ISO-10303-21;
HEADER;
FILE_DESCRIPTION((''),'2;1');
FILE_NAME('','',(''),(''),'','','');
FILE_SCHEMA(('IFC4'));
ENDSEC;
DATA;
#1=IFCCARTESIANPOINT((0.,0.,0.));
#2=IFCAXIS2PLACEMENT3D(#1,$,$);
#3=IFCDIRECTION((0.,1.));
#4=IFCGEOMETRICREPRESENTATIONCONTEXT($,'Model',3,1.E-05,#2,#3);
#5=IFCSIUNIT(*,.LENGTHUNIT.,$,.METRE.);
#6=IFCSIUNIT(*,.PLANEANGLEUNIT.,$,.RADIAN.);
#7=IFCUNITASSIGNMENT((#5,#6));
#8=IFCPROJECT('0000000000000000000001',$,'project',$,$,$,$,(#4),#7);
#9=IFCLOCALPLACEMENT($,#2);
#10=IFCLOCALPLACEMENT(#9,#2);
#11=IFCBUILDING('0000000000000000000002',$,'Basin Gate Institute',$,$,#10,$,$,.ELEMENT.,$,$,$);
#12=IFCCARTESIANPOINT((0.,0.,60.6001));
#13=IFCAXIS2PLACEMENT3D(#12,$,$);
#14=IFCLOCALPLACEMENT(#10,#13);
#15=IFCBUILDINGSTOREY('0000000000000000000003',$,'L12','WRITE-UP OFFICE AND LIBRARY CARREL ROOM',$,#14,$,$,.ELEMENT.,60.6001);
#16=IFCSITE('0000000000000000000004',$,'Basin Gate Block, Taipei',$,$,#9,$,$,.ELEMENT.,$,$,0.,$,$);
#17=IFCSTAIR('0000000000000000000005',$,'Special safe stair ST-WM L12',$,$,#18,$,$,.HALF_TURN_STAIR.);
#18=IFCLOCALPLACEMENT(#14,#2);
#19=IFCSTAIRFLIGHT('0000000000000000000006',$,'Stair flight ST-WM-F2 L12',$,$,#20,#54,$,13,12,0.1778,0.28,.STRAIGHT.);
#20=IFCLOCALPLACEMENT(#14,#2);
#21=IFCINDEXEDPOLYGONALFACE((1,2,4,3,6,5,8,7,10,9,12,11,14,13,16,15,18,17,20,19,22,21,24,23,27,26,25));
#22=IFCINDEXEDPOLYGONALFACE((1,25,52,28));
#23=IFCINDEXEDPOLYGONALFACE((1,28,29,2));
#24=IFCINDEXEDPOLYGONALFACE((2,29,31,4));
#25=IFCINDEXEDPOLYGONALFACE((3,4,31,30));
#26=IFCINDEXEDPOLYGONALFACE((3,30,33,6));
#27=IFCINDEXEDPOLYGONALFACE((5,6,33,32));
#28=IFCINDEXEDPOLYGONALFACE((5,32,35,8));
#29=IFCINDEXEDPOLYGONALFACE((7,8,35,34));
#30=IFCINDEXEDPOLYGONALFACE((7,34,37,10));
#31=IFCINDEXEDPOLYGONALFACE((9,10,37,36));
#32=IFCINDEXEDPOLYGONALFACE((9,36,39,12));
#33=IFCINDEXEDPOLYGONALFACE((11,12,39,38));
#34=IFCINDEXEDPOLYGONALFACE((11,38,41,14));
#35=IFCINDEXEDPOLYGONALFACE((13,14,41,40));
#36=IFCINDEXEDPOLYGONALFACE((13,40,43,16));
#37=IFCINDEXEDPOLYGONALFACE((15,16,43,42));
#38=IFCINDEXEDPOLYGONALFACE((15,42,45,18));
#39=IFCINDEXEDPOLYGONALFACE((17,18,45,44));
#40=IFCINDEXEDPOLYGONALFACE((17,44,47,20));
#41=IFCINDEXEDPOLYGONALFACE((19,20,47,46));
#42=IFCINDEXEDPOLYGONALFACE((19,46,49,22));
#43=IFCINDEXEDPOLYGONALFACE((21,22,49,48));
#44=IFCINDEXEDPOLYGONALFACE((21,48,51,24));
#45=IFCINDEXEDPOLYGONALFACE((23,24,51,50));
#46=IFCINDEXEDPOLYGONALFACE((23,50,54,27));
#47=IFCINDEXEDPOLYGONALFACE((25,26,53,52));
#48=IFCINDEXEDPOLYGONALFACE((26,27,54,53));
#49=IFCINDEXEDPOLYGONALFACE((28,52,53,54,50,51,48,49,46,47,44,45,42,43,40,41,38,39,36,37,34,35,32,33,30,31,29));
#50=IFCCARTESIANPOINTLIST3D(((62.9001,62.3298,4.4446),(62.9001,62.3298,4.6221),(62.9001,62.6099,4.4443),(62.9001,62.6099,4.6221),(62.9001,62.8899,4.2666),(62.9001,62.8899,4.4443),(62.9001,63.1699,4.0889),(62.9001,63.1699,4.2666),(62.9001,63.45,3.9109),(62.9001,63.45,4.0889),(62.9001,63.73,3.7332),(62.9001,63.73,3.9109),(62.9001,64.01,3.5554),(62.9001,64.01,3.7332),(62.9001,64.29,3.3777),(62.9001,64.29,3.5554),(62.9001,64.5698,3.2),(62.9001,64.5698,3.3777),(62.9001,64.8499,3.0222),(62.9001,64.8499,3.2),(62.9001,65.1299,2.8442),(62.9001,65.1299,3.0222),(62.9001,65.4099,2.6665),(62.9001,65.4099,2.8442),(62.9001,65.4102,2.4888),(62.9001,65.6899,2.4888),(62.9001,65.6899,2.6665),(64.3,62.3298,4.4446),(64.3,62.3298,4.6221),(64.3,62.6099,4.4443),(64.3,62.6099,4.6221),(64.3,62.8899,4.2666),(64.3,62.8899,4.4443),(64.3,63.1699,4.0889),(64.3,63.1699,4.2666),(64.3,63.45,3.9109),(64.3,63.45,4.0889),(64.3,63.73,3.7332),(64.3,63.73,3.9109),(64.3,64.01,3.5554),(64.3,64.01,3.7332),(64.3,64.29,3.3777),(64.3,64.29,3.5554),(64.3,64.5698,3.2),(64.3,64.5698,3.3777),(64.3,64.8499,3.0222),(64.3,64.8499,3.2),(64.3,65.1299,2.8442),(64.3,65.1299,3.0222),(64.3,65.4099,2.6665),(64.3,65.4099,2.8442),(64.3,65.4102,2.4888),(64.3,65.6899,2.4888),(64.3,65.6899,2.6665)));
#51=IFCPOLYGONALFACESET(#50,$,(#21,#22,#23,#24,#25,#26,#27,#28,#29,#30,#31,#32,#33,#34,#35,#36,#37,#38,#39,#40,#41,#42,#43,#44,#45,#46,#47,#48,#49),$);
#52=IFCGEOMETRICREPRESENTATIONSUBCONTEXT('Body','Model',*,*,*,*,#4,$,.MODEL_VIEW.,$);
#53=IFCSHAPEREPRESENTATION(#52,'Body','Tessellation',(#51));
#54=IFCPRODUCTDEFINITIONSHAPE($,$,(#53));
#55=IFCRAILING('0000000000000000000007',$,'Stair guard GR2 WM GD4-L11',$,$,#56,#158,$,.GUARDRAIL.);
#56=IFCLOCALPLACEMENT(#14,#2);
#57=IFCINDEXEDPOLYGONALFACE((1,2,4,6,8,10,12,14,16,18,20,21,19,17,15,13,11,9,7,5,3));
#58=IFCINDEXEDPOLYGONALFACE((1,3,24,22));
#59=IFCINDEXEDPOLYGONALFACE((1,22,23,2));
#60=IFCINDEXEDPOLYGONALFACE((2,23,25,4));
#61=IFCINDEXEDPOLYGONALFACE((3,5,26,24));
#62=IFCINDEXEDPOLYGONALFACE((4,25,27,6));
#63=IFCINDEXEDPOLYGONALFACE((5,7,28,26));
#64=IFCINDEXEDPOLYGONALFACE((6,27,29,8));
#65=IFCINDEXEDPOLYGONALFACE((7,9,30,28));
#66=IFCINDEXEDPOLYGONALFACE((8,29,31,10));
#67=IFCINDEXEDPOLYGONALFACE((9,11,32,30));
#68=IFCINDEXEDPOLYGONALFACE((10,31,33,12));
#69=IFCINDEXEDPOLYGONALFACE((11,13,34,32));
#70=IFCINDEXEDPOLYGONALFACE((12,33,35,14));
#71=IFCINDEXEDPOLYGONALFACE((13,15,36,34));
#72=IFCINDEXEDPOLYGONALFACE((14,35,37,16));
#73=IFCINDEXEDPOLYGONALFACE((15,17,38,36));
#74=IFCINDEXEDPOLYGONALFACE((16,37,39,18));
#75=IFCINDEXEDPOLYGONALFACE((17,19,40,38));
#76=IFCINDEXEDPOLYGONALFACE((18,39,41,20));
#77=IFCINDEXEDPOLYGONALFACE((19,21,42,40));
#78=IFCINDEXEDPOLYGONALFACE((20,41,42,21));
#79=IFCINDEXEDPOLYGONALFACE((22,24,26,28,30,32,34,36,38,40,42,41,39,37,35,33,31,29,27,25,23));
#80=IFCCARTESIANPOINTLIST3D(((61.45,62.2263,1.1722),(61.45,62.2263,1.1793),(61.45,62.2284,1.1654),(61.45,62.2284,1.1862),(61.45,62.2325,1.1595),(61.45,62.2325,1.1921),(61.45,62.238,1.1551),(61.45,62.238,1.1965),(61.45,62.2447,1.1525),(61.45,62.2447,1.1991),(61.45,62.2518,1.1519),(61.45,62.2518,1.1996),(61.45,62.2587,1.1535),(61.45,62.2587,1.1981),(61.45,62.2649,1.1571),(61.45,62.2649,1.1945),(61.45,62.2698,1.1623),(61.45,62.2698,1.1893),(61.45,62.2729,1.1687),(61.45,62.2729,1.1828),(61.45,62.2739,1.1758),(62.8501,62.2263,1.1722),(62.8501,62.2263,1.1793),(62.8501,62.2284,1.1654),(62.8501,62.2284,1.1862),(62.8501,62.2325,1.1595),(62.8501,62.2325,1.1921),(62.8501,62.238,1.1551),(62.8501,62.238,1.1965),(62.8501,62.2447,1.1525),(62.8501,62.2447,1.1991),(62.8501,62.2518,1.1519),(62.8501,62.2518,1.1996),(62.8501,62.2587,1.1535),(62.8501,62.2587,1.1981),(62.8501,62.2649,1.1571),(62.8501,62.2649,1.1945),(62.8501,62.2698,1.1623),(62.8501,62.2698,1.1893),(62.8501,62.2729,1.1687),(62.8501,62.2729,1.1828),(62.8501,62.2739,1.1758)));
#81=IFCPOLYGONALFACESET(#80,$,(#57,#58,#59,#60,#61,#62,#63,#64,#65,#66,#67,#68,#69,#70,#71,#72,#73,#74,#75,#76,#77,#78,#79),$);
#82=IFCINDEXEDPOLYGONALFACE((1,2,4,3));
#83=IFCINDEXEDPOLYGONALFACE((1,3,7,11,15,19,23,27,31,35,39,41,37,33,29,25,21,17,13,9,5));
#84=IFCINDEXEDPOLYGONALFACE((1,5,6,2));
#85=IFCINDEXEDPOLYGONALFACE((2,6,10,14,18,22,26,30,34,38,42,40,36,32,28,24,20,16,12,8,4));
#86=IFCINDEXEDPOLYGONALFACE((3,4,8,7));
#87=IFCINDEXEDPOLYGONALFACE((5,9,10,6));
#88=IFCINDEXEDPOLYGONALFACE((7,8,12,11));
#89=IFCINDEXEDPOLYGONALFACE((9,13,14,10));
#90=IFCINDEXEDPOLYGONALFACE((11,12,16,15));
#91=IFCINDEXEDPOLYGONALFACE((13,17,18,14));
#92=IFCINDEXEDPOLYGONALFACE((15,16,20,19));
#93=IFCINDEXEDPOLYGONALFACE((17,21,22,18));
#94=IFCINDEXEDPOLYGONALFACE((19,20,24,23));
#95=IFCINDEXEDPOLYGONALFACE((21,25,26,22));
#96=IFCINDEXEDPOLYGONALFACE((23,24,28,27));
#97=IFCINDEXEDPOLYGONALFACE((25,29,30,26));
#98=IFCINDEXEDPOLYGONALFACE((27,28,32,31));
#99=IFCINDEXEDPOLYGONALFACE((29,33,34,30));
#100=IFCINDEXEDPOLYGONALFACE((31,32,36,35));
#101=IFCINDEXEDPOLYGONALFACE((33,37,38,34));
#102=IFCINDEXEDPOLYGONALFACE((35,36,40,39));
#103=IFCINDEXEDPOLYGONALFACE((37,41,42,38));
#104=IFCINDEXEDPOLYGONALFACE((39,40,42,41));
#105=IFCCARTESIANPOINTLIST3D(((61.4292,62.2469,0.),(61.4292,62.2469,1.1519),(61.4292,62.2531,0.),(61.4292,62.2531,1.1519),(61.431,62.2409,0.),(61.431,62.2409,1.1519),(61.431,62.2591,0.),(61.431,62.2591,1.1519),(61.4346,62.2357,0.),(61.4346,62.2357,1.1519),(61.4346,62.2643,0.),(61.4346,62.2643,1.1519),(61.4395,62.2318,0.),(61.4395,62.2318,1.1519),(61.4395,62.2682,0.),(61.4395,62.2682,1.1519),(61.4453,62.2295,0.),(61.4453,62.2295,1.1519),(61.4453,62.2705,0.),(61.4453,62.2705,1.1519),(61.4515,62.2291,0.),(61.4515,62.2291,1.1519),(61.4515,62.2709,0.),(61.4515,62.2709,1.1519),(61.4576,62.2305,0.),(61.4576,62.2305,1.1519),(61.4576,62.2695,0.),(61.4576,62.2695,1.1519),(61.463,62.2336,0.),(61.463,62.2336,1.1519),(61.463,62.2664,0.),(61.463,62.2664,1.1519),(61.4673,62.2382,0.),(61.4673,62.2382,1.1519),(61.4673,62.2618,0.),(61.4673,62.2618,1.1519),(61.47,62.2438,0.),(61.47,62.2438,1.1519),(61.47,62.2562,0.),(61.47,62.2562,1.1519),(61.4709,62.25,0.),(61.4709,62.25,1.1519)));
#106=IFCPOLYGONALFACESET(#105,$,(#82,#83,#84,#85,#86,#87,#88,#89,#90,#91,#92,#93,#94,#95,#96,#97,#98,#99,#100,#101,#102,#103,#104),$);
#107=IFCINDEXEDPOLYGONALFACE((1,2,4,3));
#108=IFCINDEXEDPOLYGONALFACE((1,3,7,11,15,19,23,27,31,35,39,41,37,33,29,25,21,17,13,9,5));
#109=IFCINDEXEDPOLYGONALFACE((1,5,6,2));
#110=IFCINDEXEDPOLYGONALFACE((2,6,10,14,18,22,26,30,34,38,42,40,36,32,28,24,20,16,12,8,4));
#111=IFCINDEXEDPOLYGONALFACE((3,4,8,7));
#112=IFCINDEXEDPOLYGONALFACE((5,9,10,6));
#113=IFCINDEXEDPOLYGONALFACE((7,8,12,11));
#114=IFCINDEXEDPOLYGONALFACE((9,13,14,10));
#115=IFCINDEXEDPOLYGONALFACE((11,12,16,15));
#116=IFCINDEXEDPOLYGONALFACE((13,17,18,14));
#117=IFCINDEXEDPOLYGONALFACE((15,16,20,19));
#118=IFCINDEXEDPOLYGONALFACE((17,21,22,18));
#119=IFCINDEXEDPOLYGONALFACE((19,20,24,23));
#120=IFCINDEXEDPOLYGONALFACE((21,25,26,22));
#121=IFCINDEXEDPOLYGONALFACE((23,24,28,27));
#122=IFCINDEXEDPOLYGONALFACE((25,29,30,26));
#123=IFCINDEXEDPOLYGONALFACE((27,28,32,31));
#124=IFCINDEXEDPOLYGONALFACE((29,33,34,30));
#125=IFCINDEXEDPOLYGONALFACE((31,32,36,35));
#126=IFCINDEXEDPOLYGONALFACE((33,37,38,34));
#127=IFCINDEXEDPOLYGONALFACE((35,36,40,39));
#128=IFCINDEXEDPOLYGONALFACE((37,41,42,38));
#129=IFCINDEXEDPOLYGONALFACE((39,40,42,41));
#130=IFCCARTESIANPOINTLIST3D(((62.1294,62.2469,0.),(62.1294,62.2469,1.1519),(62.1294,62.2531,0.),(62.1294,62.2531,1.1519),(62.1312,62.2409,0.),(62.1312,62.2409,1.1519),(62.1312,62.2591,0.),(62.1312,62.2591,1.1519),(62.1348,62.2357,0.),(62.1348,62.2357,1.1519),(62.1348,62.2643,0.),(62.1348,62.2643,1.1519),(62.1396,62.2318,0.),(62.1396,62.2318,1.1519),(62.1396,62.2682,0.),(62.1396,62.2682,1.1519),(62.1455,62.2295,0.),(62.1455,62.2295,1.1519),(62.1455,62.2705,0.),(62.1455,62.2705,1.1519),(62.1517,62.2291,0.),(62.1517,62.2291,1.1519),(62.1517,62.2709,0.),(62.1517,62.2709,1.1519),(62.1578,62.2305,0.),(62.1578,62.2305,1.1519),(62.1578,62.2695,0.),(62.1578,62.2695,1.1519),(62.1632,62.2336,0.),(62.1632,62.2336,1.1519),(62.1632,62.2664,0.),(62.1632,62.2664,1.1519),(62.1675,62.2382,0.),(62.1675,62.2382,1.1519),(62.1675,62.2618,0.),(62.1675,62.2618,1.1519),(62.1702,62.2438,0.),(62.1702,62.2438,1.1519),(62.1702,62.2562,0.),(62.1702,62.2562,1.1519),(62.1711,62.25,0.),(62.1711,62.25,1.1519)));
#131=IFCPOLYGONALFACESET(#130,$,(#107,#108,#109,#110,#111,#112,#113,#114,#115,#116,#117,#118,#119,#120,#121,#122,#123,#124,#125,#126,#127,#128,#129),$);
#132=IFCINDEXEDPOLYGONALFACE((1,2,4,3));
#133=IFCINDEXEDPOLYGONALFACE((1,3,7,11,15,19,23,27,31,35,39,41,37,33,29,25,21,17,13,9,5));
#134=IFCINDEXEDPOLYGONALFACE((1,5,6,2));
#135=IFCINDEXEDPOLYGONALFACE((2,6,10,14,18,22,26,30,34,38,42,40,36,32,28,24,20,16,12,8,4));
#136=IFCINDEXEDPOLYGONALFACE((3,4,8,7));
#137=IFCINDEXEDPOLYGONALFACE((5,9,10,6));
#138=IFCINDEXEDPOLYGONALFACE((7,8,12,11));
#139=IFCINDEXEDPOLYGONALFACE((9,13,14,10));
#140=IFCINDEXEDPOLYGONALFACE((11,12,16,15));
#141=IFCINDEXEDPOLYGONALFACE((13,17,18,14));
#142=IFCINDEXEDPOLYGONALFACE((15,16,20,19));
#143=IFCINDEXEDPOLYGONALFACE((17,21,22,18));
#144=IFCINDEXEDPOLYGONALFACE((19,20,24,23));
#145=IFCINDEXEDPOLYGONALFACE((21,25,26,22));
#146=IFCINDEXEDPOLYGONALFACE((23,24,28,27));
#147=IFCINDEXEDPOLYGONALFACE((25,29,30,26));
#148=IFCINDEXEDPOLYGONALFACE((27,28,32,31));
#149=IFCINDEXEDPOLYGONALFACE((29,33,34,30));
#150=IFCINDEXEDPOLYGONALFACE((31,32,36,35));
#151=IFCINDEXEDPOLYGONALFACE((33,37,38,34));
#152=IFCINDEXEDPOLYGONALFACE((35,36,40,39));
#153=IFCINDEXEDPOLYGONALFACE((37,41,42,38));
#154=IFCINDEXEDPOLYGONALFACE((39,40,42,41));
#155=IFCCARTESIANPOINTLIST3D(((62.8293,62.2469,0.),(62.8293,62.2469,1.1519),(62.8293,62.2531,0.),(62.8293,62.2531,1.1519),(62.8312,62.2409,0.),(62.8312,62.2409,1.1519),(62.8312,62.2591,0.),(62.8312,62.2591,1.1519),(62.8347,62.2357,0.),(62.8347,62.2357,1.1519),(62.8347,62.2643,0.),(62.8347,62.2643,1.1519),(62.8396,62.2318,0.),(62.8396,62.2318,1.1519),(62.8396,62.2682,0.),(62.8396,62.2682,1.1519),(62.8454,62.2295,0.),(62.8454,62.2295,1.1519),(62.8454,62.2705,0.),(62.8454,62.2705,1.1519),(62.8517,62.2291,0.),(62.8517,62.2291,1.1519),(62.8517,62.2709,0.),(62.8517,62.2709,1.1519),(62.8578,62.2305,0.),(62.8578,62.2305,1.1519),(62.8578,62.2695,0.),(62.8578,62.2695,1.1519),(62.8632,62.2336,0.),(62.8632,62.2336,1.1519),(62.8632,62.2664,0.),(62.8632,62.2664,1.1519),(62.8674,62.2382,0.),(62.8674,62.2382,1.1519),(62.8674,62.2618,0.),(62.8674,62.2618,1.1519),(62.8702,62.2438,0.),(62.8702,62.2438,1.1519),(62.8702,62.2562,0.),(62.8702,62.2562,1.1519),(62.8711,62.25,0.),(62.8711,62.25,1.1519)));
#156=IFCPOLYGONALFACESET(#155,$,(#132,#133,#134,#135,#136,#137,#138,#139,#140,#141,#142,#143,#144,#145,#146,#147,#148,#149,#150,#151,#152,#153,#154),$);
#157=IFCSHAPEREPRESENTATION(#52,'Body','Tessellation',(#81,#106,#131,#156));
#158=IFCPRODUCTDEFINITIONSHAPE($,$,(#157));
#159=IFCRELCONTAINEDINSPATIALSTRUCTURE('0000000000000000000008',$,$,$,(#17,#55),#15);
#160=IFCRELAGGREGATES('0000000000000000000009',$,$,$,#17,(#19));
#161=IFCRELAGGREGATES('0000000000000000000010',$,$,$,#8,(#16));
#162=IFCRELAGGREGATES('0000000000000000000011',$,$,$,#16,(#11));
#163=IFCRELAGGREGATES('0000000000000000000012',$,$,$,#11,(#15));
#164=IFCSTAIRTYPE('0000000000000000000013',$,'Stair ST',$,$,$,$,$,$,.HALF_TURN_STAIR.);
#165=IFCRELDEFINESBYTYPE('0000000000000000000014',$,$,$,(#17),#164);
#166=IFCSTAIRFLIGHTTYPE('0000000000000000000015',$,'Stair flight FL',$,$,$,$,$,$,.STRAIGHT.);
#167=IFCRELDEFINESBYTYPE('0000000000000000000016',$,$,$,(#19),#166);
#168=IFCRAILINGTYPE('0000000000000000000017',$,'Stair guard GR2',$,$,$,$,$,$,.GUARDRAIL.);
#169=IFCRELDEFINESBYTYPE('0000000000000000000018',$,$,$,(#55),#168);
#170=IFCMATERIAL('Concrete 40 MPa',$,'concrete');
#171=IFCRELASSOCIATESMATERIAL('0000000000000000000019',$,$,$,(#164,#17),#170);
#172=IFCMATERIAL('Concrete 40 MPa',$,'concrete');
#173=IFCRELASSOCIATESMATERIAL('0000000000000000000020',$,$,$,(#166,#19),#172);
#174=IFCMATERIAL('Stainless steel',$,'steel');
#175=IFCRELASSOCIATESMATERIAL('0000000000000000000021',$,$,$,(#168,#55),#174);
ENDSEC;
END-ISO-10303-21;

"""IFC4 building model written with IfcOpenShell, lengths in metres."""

from ifc_helpers import new_model, si_unit, direction, frame, origin, origin_2d, place, context, subcontext, project, spatial, polyline, circle, outline, extrude, material, type_object, element, aggregate, save


model = new_model("IFC4")

# Units and contexts
model_context = context("Model", 3, precision=1e-05, world=origin(), true_north=direction((0.0, 1.0)))
body_context = subcontext(model_context, "Body", "Model", "MODEL_VIEW")
ifc_project = project(units=[si_unit("LENGTHUNIT", "METRE"), si_unit("PLANEANGLEUNIT", "RADIAN")], contexts=[model_context])

# Site, building, storey
site_placement = place(None, origin())
site = spatial("IfcSite", under=ifc_project, at=site_placement, Name="Basin Gate Block, Taipei", CompositionType="ELEMENT", RefElevation=0.0)
building_placement = place(site_placement, origin())
building = spatial("IfcBuilding", under=site, at=building_placement, Name="Basin Gate Institute", CompositionType="ELEMENT")
storey_placement = place(building_placement, frame((0.0, 0.0, 60.6001)))
storey = spatial("IfcBuildingStorey", under=building, at=storey_placement, Name="L12", Description="WRITE-UP OFFICE AND LIBRARY CARREL ROOM", CompositionType="ELEMENT", Elevation=60.6001)

# Stair, stair flight
ifc_material_1 = material(Name="Concrete 40 MPa", Category="concrete")
stair_type = type_object("IfcStairType", Name="Stair ST", PredefinedType="HALF_TURN_STAIR", material=ifc_material_1)
stair_placement = place(storey_placement, origin())
stair = element("IfcStair", 1, at=stair_placement, inside=storey, type_object=stair_type, material=ifc_material_1, Name="Special safe stair ST-WM L12", PredefinedType="HALF_TURN_STAIR")
ifc_material_2 = material(Name="Concrete 40 MPa", Category="concrete")
stair_flight_type = type_object("IfcStairFlightType", Name="Stair flight FL", PredefinedType="STRAIGHT", material=ifc_material_2)
stair_flight_1_placement = place(storey_placement, frame((63.6001, 65.6899, 2.4888), z_axis=(0.0, 0.0, 1.0), x_axis=(0.0, -1.0, 0.0)))
stair_flight_1 = element("IfcStairFlight", 2, at=stair_flight_1_placement, type_object=stair_flight_type, material=ifc_material_2, Name="Stair flight ST-WM-F2 L12", NumberOfRisers=13, NumberOfTreads=12, PredefinedType="STRAIGHT", RiserHeight=0.1778, TreadLength=0.28, context=body_context, shape_type="SweptSolid", body=[
    extrude(outline(polyline([(0.0, 0.0), (0.0, 0.1777), (0.28, 0.1777), (0.28, 0.3555), (0.5601, 0.3555), (0.5601, 0.5334), (0.8401, 0.5334), (0.8401, 0.7112), (1.1201, 0.7112), (1.1201, 0.8889), (1.3999, 0.8889), (1.3999, 1.0667), (1.6799, 1.0667), (1.6799, 1.2444), (1.96, 1.2444), (1.96, 1.4221), (2.24, 1.4221), (2.24, 1.6001), (2.52, 1.6001), (2.52, 1.7778), (2.8, 1.7778), (2.8, 1.9556), (3.0801, 1.9556), (3.0801, 2.1333), (3.3601, 2.1333), (3.3601, 2.311), (3.3601, 1.9558), (0.2798, 0.0), (0.0, 0.0)])), frame((0.0, 0.7, 0.0), z_axis=(0.0, -1.0, 0.0), x_axis=(1.0, 0.0, 0.0)), (0.0, 0.0, 1.0), 1.3999),
])
aggregate(stair, [stair_flight_1])

# Railing
ifc_material_3 = material(Name="Stainless steel", Category="steel")
railing_type_1 = type_object("IfcRailingType", Name="Stair guard GR2", PredefinedType="GUARDRAIL", material=ifc_material_3)
railing_1_placement = place(storey_placement, frame((61.45, 62.25, 0.0)))
element("IfcRailing", 3, at=railing_1_placement, inside=storey, type_object=railing_type_1, material=ifc_material_3, Name="Stair guard GR2 WM GD4-L11", PredefinedType="GUARDRAIL", context=body_context, shape_type="SweptSolid", body=[
    extrude(circle(Radius=0.0239, at=origin_2d()), frame((0.0, 0.0, 1.1758), z_axis=(1.0, 0.0, 0.0), x_axis=(0.0, 1.0, 0.0)), (0.0, 0.0, 1.0), 1.4001),
    extrude(circle(Radius=0.021, at=origin_2d()), origin(), (0.0, 0.0, 1.0), 1.1519),
    extrude(circle(Radius=0.021, at=origin_2d()), frame((0.7002, 0.0, 0.0)), (0.0, 0.0, 1.0), 1.1519),
    extrude(circle(Radius=0.021, at=origin_2d()), frame((1.4001, 0.0, 0.0)), (0.0, 0.0, 1.0), 1.1519),
])

save(model, "model.ifc")
